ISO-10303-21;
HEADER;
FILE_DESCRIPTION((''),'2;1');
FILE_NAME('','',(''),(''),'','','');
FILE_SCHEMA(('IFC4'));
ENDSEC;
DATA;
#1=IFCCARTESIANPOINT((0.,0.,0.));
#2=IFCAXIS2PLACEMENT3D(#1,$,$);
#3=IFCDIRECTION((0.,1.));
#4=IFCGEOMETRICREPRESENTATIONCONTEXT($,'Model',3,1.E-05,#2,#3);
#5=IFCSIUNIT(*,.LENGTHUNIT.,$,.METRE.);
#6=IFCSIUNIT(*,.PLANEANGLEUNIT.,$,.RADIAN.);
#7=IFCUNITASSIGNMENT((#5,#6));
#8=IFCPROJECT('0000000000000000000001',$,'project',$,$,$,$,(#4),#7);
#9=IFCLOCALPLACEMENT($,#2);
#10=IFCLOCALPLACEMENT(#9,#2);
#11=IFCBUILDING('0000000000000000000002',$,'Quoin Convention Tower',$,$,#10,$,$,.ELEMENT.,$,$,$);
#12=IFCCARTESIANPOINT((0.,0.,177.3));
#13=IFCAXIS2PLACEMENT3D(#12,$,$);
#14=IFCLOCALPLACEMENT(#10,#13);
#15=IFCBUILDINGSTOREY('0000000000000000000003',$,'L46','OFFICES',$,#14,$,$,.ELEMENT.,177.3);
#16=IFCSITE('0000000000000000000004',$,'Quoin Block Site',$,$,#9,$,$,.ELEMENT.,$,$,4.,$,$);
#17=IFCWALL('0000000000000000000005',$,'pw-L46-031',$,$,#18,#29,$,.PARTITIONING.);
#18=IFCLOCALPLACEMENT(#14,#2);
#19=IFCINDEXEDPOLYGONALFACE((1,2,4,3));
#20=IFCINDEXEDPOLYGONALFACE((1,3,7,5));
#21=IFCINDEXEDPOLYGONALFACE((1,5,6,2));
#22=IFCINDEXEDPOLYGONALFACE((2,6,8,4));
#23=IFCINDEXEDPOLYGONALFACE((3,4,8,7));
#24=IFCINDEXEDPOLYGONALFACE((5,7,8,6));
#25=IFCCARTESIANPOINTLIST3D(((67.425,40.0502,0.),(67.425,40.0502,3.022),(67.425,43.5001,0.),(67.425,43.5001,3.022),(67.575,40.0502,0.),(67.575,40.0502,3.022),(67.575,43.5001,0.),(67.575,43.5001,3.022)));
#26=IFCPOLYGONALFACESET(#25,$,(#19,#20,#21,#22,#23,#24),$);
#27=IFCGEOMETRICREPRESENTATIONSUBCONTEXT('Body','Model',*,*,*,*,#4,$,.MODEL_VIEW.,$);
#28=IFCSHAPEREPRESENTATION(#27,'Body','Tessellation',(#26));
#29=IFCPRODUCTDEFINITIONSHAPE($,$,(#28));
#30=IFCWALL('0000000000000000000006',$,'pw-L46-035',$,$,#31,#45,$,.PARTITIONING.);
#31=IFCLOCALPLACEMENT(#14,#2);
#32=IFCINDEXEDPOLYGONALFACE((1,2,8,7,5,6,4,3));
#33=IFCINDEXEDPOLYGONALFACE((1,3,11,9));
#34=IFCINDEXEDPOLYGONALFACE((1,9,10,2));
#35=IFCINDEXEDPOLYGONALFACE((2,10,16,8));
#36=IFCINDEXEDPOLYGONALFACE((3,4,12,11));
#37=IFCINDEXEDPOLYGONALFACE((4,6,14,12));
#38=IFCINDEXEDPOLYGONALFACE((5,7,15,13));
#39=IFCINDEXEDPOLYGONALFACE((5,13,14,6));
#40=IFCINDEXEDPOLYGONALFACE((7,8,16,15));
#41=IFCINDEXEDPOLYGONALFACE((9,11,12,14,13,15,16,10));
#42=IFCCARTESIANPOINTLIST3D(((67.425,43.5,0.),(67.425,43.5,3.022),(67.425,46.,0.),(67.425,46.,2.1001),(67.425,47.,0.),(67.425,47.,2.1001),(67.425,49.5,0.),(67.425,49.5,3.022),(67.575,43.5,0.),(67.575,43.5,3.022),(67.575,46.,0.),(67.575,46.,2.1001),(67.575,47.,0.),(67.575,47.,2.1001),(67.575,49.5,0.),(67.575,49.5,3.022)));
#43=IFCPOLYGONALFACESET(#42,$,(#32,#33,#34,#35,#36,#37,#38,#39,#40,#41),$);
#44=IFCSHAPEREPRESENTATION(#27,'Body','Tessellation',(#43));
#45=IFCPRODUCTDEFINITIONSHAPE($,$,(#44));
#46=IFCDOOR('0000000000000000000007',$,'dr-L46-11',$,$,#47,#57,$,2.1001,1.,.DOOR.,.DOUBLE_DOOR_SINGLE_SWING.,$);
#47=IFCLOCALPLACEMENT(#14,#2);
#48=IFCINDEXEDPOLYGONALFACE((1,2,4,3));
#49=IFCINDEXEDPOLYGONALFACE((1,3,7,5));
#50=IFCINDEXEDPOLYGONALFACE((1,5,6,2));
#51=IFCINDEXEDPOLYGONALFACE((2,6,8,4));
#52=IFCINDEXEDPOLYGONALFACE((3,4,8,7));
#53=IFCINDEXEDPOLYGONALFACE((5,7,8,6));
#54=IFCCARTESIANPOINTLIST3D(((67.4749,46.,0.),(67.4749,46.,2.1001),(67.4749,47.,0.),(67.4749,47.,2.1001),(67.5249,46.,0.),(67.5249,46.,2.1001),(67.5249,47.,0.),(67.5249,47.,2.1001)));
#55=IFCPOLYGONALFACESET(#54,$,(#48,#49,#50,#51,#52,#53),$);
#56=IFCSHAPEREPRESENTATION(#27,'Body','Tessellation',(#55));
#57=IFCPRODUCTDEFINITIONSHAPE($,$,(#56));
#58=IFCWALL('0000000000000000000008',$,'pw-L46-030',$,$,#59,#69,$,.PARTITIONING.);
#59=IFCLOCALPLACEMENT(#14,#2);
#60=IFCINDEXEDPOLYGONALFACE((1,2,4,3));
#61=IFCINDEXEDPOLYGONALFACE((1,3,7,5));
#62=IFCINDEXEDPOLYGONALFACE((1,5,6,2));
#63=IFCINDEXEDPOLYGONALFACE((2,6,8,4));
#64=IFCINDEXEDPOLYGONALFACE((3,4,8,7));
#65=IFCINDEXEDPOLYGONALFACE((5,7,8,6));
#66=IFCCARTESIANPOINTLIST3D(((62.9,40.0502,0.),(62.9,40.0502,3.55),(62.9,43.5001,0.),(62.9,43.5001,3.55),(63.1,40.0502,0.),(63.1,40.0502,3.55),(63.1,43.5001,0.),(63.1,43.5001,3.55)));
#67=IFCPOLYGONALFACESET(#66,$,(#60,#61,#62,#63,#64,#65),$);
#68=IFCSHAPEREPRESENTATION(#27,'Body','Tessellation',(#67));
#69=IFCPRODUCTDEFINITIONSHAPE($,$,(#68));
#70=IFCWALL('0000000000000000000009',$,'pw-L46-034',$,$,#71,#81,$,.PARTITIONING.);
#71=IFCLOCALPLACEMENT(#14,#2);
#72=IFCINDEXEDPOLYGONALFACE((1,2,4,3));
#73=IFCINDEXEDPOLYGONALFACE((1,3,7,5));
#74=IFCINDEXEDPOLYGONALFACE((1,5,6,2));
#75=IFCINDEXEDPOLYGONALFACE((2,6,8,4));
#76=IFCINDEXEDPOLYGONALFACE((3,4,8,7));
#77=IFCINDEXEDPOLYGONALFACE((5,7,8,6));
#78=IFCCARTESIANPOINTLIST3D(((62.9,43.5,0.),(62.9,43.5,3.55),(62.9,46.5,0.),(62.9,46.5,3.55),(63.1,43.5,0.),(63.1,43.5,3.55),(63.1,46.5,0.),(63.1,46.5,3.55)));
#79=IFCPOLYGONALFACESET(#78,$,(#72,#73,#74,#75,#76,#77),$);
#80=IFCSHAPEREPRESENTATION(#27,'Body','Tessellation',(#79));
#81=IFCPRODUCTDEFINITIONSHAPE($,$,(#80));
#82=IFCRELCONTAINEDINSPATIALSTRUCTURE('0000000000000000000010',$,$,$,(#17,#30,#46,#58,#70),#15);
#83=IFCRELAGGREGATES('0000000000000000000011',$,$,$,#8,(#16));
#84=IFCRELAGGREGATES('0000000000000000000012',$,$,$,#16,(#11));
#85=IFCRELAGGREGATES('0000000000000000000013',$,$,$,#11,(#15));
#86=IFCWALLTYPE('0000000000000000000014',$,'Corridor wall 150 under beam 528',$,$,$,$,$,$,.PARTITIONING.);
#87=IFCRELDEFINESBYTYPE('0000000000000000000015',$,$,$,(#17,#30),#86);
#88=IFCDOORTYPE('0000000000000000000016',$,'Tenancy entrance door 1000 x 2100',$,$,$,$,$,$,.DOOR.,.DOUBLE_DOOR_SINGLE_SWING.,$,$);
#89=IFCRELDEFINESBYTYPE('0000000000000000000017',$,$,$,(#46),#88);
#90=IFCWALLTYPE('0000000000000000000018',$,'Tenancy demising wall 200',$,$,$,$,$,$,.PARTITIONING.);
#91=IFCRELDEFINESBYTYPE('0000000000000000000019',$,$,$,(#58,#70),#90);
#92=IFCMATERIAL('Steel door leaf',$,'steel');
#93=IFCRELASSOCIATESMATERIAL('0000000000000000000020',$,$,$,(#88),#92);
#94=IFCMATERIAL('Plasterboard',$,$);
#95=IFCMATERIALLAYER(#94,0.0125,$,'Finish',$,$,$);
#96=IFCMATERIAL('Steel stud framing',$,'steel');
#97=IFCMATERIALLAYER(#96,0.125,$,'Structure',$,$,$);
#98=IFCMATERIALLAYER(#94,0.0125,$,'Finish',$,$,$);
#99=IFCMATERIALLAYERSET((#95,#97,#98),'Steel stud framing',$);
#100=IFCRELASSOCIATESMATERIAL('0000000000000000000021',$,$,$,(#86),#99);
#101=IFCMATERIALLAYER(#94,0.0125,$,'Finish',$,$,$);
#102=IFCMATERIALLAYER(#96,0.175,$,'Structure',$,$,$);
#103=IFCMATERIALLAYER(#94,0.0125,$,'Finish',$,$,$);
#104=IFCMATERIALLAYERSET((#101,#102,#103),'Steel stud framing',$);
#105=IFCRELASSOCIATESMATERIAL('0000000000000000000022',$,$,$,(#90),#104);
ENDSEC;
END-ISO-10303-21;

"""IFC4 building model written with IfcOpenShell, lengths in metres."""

from ifc_helpers import new_model, si_unit, direction, frame, frame_2d, origin, place, context, subcontext, project, spatial, rectangle, extrude, material, layer, layer_set, type_object, element, fill, save


model = new_model("IFC4")

# Units and contexts
model_context = context("Model", 3, precision=1e-05, world=origin(), true_north=direction((0.0, 1.0)))
body_context = subcontext(model_context, "Body", "Model", "MODEL_VIEW")
ifc_project = project(units=[si_unit("LENGTHUNIT", "METRE"), si_unit("PLANEANGLEUNIT", "RADIAN")], contexts=[model_context])

# Site, building, storey
site_placement = place(None, origin())
site = spatial("IfcSite", under=ifc_project, at=site_placement, Name="Quoin Block Site", CompositionType="ELEMENT", RefElevation=4.0)
building_placement = place(site_placement, origin())
building = spatial("IfcBuilding", under=site, at=building_placement, Name="Quoin Convention Tower", CompositionType="ELEMENT")
storey_placement = place(building_placement, frame((0.0, 0.0, 177.3)))
storey = spatial("IfcBuildingStorey", under=building, at=storey_placement, Name="L46", Description="OFFICES", CompositionType="ELEMENT", Elevation=177.3)

# Shared definitions
ifc_material_1 = material(Name="Plasterboard")
ifc_material_2 = material(Name="Steel stud framing", Category="steel")
ifc_material_3 = material(Name="Steel door leaf", Category="steel")

# Shared definitions
door_type_1 = type_object("IfcDoorType", Name="Tenancy entrance door 1000 x 2100", OperationType="DOUBLE_DOOR_SINGLE_SWING", PredefinedType="DOOR", material=ifc_material_3)

# Wall
ifc_layer_1 = layer(ifc_material_1, 0.0125, Name="Finish")
ifc_layer_2 = layer(ifc_material_2, 0.125, Name="Structure")
ifc_layer_3 = layer(ifc_material_1, 0.0125, Name="Finish")
ifc_layer_set_1 = layer_set([ifc_layer_1, ifc_layer_2, ifc_layer_3], Name="Steel stud framing")
wall_type_1 = type_object("IfcWallType", Name="Corridor wall 150 under beam 528", PredefinedType="PARTITIONING", material=ifc_layer_set_1)
wall_1_placement = place(storey_placement, frame((67.5, 40.05, 0.0), z_axis=(0.0, 0.0, 1.0), x_axis=(0.0, 1.0, 0.0)))
element("IfcWall", 1, at=wall_1_placement, inside=storey, type_object=wall_type_1, Name="pw-L46-031", PredefinedType="PARTITIONING", context=body_context, shape_type="SweptSolid", body=[
    extrude(rectangle(XDim=3.45, YDim=0.1499, at=frame_2d((1.7251, 0.0))), origin(), (0.0, 0.0, 1.0), 3.022),
])

# Wall, opening, door
wall_2_placement = place(storey_placement, frame((67.5, 43.5, 0.0), z_axis=(0.0, 0.0, 1.0), x_axis=(0.0, 1.0, 0.0)))
wall_2 = element("IfcWall", 2, at=wall_2_placement, inside=storey, type_object=wall_type_1, Name="pw-L46-035", PredefinedType="PARTITIONING", context=body_context, shape_type="SweptSolid", body=[
    extrude(rectangle(XDim=6.0, YDim=0.1499, at=frame_2d((3.0, 0.0))), origin(), (0.0, 0.0, 1.0), 3.022),
])
opening_1_placement = place(wall_2_placement, frame((2.5, 0.0, 0.0)))
opening_1 = element("IfcOpeningElement", 3, at=opening_1_placement, cuts=wall_2, PredefinedType="OPENING", context=body_context, shape_type="SweptSolid", body=[
    extrude(rectangle(XDim=1.0, YDim=2.1001, at=frame_2d((0.5, 1.05))), frame((0.0, 0.085, 0.0), z_axis=(0.0, -1.0, 0.0), x_axis=(1.0, 0.0, 0.0)), (0.0, 0.0, 1.0), 0.1699),
])
door_1_placement = place(opening_1_placement, frame((1.0, 0.0, 0.0), z_axis=(0.0, 0.0, 1.0), x_axis=(-1.0, 0.0, 0.0)))
door_1 = element("IfcDoor", 4, at=door_1_placement, inside=storey, type_object=door_type_1, Name="dr-L46-11", OperationType="DOUBLE_DOOR_SINGLE_SWING", OverallHeight=2.1001, OverallWidth=1.0, PredefinedType="DOOR", context=body_context, shape_type="SweptSolid", body=[
    extrude(rectangle(XDim=1.0, YDim=2.1001, at=frame_2d((0.5, 1.05))), frame((0.0, 0.0249, 0.0), z_axis=(0.0, -1.0, 0.0), x_axis=(1.0, 0.0, 0.0)), (0.0, 0.0, 1.0), 0.05),
])
fill(opening_1, door_1)

# Walls
ifc_layer_4 = layer(ifc_material_1, 0.0125, Name="Finish")
ifc_layer_5 = layer(ifc_material_2, 0.175, Name="Structure")
ifc_layer_6 = layer(ifc_material_1, 0.0125, Name="Finish")
ifc_layer_set_2 = layer_set([ifc_layer_4, ifc_layer_5, ifc_layer_6], Name="Steel stud framing")
wall_type_2 = type_object("IfcWallType", Name="Tenancy demising wall 200", PredefinedType="PARTITIONING", material=ifc_layer_set_2)
wall_3_placement = place(storey_placement, frame((63.0, 40.05, 0.0), z_axis=(0.0, 0.0, 1.0), x_axis=(0.0, 1.0, 0.0)))
element("IfcWall", 5, at=wall_3_placement, inside=storey, type_object=wall_type_2, Name="pw-L46-030", PredefinedType="PARTITIONING", context=body_context, shape_type="SweptSolid", body=[
    extrude(rectangle(XDim=3.45, YDim=0.2, at=frame_2d((1.7251, 0.0))), origin(), (0.0, 0.0, 1.0), 3.55),
])
wall_4_placement = place(storey_placement, frame((63.0, 43.5, 0.0), z_axis=(0.0, 0.0, 1.0), x_axis=(0.0, 1.0, 0.0)))
element("IfcWall", 6, at=wall_4_placement, inside=storey, type_object=wall_type_2, Name="pw-L46-034", PredefinedType="PARTITIONING", context=body_context, shape_type="SweptSolid", body=[
    extrude(rectangle(XDim=3.0, YDim=0.2, at=frame_2d((1.5, 0.0))), origin(), (0.0, 0.0, 1.0), 3.55),
])

save(model, "model.ifc")
